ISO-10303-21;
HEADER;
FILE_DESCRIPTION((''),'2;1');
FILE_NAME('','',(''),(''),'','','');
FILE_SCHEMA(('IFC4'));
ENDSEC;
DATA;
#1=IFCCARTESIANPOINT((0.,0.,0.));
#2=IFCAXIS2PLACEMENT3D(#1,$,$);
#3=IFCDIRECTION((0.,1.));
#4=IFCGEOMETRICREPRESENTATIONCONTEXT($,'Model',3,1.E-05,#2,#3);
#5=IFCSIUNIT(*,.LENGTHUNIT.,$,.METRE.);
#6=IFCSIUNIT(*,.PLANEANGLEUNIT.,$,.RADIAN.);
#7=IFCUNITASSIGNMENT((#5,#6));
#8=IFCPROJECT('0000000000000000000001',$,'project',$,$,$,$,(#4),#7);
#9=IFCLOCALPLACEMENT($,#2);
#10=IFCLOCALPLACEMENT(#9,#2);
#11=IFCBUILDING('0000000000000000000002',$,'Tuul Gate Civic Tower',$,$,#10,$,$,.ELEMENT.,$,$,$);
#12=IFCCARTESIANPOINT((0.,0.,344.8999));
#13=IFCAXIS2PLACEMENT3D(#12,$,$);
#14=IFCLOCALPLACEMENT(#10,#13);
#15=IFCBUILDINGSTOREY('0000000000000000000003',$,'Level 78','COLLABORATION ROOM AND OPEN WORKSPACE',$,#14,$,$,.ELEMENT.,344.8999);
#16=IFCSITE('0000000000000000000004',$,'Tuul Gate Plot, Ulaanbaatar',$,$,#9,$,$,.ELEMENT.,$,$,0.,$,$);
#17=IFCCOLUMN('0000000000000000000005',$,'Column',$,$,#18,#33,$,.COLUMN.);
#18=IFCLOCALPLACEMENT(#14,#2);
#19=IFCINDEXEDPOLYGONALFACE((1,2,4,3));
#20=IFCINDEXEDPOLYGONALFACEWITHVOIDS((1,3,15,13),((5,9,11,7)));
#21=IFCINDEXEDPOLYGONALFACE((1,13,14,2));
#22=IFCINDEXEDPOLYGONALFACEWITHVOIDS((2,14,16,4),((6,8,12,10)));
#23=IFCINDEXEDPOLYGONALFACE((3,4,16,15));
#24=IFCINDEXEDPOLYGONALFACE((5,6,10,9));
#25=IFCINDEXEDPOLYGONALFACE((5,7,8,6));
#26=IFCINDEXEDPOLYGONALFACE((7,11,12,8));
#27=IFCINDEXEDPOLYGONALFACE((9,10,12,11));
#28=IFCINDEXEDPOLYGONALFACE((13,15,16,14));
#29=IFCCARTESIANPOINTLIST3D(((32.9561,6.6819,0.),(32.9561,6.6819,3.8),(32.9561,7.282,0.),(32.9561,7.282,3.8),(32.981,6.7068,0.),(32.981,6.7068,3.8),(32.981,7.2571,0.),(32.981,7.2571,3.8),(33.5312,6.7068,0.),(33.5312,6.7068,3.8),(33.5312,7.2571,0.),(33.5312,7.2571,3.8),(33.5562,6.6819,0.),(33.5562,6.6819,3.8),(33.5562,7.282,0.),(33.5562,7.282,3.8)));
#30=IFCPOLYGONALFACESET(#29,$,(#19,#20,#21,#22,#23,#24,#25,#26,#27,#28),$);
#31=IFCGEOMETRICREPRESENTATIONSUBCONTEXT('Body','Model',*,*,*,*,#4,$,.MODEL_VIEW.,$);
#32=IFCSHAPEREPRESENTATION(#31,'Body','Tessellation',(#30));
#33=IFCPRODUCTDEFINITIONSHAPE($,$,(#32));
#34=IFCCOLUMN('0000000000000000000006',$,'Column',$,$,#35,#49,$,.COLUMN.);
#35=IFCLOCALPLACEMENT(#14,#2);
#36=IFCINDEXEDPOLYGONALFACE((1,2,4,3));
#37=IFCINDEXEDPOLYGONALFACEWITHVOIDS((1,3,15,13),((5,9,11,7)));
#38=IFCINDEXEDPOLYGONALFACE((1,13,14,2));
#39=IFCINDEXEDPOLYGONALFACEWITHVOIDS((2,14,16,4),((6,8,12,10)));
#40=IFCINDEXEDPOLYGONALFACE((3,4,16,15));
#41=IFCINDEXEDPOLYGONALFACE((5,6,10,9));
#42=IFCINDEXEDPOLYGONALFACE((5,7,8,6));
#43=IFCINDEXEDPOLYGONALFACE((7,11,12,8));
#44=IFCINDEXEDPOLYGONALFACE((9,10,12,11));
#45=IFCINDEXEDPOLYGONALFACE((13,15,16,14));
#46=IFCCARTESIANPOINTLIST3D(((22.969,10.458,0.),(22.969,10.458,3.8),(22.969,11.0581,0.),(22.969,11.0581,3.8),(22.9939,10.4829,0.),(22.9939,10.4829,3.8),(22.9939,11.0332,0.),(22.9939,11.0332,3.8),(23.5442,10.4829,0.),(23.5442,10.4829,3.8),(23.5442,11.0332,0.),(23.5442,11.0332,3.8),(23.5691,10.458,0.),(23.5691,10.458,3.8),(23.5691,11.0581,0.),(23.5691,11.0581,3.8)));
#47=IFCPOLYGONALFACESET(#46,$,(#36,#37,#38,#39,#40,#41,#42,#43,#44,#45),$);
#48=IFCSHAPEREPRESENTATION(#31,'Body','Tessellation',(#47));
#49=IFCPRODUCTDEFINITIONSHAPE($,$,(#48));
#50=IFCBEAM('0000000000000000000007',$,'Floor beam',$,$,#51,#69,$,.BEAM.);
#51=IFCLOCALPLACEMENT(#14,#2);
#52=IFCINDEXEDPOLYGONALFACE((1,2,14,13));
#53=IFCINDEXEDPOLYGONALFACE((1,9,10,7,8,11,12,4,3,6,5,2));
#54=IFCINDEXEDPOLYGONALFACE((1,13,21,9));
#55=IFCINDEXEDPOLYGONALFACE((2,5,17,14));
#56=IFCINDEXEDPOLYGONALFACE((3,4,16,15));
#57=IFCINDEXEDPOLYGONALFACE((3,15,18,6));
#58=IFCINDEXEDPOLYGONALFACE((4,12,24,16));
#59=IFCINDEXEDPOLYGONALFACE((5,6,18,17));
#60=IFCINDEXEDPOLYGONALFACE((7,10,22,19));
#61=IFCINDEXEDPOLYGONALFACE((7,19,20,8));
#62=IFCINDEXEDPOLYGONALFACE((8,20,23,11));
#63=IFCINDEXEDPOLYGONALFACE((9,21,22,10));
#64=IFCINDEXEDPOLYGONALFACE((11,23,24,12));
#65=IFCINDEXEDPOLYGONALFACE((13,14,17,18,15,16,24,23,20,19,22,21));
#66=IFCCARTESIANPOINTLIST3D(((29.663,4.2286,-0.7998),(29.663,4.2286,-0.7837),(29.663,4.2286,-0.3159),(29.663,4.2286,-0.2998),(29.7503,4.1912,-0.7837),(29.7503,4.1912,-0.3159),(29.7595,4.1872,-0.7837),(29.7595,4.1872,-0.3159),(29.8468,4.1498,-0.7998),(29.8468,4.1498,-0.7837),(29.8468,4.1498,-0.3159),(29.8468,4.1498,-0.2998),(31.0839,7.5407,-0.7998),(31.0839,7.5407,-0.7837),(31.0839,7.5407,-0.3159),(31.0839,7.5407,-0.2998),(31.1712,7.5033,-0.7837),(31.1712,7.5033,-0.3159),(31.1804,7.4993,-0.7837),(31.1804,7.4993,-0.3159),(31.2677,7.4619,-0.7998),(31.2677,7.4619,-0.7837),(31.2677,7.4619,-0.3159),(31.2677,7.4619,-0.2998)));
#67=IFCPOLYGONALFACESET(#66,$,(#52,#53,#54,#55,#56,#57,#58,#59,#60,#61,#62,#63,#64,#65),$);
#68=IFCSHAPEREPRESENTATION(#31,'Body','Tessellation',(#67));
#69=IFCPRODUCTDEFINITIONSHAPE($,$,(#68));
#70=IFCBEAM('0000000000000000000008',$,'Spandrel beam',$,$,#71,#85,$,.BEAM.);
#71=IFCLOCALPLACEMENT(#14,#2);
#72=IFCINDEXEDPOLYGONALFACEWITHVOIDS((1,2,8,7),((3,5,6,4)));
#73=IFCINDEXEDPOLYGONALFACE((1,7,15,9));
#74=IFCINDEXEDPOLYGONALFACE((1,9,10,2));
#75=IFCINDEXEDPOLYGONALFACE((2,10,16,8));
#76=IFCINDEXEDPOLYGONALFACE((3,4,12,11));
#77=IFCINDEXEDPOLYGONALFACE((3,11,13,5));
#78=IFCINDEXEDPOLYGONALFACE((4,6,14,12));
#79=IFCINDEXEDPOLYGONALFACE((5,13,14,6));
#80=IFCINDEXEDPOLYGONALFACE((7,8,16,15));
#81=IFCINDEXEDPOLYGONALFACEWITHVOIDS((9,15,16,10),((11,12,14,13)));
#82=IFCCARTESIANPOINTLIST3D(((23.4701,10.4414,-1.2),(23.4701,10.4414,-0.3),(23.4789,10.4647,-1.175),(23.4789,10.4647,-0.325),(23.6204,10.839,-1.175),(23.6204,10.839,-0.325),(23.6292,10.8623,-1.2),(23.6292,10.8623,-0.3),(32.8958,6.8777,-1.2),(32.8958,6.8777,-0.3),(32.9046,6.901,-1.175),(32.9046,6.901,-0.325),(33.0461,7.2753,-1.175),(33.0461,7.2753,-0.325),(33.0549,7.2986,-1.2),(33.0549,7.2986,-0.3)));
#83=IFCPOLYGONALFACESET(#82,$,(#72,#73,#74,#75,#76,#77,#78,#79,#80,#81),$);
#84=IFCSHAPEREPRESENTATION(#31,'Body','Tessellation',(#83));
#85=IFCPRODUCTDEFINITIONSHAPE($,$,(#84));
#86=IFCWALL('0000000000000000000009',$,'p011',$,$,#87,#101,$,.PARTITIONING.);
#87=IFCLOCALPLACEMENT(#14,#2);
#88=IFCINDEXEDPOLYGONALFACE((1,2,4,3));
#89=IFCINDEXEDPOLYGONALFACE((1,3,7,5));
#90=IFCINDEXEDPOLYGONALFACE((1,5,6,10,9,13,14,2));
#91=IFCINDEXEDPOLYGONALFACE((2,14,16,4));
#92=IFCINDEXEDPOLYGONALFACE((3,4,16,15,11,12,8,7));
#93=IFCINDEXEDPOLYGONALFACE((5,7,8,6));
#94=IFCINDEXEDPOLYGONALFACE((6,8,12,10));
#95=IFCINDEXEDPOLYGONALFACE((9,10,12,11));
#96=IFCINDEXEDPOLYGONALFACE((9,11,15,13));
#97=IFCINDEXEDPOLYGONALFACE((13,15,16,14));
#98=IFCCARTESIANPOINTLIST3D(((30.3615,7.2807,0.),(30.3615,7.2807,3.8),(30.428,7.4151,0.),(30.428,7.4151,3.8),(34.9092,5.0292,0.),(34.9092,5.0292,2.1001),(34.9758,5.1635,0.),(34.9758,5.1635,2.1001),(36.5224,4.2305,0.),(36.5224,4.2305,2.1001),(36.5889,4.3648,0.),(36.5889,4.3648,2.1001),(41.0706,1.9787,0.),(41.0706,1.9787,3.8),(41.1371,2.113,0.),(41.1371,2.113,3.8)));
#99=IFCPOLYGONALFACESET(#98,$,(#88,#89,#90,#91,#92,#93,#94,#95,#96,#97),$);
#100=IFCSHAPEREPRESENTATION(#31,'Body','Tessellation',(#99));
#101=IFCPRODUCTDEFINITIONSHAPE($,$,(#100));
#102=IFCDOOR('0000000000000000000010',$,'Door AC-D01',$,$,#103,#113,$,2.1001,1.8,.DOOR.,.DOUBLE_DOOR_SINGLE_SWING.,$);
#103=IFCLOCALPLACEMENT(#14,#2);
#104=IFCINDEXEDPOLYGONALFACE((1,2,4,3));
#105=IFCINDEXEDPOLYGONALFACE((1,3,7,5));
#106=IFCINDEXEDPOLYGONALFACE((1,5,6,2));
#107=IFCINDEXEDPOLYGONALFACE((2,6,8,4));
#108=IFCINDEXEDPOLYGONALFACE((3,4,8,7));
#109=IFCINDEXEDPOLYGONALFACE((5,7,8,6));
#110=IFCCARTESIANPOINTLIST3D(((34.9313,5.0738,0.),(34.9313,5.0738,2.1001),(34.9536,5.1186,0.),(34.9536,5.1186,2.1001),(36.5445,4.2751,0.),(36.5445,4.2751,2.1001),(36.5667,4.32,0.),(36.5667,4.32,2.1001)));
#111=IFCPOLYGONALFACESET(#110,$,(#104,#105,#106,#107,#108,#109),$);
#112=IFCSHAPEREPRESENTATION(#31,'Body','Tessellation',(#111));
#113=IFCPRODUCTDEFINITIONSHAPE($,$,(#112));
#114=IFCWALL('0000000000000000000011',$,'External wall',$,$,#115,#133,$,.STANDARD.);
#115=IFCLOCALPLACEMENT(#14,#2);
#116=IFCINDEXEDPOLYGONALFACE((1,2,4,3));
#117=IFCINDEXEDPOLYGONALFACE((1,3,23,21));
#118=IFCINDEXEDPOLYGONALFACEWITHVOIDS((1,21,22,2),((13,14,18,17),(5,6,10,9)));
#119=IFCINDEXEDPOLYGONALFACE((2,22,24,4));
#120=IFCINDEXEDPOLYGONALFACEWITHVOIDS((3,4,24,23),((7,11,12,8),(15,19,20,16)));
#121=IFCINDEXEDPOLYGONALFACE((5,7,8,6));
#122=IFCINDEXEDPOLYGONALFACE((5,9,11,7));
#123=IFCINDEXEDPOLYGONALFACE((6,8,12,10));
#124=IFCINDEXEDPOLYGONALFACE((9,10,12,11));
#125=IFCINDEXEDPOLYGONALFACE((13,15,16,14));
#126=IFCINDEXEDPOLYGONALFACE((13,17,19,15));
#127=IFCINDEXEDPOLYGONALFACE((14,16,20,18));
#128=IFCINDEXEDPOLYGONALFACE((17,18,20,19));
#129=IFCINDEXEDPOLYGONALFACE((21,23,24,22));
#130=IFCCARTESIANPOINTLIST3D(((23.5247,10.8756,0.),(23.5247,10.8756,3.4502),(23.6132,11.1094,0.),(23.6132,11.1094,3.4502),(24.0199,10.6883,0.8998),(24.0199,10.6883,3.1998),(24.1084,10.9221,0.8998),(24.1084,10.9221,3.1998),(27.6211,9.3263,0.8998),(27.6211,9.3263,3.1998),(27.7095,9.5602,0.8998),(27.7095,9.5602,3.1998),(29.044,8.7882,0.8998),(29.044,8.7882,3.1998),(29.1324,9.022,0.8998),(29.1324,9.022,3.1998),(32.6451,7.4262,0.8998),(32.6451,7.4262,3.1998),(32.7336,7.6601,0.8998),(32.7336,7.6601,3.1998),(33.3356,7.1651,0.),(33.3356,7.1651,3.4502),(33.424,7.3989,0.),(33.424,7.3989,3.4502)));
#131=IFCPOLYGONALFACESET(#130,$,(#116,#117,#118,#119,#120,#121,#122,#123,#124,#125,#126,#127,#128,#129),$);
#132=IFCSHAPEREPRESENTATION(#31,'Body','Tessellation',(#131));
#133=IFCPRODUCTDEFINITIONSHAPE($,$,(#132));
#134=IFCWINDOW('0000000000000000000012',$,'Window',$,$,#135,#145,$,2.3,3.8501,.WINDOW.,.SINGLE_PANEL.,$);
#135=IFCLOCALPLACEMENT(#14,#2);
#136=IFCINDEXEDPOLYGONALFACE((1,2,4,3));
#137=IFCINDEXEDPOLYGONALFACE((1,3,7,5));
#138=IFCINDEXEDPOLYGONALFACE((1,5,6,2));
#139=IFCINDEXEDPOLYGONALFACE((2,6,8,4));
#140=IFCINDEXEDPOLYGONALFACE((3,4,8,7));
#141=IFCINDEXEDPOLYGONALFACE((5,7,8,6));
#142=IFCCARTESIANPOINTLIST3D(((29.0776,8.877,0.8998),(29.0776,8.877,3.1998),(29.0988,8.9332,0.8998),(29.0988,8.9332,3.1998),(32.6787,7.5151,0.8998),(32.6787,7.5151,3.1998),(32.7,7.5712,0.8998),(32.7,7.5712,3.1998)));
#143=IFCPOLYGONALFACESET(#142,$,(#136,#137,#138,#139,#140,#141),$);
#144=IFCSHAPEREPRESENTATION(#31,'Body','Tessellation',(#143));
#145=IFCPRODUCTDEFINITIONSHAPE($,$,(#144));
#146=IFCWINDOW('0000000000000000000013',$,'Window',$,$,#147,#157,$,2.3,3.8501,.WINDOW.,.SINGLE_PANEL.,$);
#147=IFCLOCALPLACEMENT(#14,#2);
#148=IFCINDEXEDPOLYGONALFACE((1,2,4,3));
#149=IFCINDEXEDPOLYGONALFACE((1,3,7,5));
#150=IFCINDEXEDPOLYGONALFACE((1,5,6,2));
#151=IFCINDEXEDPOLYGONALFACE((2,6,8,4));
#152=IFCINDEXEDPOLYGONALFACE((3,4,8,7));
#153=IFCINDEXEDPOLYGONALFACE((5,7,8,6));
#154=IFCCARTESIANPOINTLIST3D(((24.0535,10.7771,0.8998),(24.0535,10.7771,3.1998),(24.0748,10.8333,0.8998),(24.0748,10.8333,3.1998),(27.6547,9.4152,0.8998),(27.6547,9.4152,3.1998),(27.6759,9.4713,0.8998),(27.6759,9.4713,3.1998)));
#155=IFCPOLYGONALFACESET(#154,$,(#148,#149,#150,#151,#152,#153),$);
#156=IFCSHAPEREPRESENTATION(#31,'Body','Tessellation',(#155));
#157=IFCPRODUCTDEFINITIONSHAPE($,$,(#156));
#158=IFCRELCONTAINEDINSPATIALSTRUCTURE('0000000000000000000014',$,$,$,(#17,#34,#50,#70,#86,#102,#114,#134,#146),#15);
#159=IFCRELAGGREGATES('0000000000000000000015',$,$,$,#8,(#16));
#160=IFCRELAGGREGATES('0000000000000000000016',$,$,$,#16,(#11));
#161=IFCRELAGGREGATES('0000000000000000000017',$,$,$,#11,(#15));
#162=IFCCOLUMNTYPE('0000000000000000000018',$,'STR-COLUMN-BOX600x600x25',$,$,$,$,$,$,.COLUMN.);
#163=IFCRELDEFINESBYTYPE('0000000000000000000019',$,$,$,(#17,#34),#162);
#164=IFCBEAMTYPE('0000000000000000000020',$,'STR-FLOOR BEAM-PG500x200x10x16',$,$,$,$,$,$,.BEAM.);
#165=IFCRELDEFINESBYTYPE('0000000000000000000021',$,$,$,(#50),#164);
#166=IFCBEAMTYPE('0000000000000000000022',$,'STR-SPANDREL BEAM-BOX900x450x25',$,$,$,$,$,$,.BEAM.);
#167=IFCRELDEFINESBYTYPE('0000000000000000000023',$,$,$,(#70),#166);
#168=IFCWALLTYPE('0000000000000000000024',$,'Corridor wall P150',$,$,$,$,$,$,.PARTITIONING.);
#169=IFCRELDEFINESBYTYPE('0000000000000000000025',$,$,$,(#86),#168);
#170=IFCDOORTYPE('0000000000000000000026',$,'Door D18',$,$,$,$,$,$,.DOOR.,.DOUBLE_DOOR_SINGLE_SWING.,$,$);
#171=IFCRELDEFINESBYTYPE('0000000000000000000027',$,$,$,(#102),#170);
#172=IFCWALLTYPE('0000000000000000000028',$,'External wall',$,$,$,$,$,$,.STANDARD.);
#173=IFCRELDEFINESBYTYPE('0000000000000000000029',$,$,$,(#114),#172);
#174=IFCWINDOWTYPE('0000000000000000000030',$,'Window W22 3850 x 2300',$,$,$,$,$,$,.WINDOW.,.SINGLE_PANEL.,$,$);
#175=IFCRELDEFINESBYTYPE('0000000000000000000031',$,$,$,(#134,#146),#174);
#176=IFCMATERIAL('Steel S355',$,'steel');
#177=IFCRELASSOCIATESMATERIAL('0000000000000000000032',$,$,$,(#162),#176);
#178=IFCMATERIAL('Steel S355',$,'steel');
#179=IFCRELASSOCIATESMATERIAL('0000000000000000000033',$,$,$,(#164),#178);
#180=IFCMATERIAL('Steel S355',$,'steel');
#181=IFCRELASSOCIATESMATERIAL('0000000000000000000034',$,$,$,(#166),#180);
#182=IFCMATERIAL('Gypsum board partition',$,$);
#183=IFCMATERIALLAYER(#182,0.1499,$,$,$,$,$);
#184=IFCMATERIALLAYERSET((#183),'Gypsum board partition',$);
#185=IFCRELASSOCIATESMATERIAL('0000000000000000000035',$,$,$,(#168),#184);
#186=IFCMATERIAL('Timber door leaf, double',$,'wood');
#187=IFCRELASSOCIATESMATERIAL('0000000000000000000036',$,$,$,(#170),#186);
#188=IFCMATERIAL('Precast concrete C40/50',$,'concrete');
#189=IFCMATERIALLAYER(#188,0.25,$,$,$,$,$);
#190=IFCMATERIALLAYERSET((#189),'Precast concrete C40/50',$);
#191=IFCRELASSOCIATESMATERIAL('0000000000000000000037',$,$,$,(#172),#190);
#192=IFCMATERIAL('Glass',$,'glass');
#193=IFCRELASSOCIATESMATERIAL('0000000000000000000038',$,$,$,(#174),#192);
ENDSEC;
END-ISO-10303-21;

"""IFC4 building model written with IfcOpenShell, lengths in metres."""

from ifc_helpers import new_model, si_unit, direction, frame, frame_2d, origin, origin_2d, place, context, subcontext, project, spatial, rectangle, hollow_rectangle, i_section, extrude, material, layer, layer_set, material_profile, profile_set, type_object, element, fill, save


model = new_model("IFC4")

# Units and contexts
model_context = context("Model", 3, precision=1e-05, world=origin(), true_north=direction((0.0, 1.0)))
body_context = subcontext(model_context, "Body", "Model", "MODEL_VIEW")
ifc_project = project(units=[si_unit("LENGTHUNIT", "METRE"), si_unit("PLANEANGLEUNIT", "RADIAN")], contexts=[model_context])

# Site, building, storey
site_placement = place(None, origin())
site = spatial("IfcSite", under=ifc_project, at=site_placement, Name="Tuul Gate Plot, Ulaanbaatar", CompositionType="ELEMENT", RefElevation=0.0)
building_placement = place(site_placement, origin())
building = spatial("IfcBuilding", under=site, at=building_placement, Name="Tuul Gate Civic Tower", CompositionType="ELEMENT")
storey_placement = place(building_placement, frame((0.0, 0.0, 344.8999)))
storey = spatial("IfcBuildingStorey", under=building, at=storey_placement, Name="Level 78", Description="COLLABORATION ROOM AND OPEN WORKSPACE", CompositionType="ELEMENT", Elevation=344.8999)

# Columns
ifc_material_1 = material(Name="Steel S355", Category="steel")
ifc_material_profile_1 = material_profile(ifc_material_1, hollow_rectangle(XDim=0.6001, YDim=0.6001, WallThickness=0.0249, at=origin_2d()), Name="BOX600x600x25")
ifc_profile_set_1 = profile_set([ifc_material_profile_1], Name="Steel S355")
column_type = type_object("IfcColumnType", Name="STR-COLUMN-BOX600x600x25", PredefinedType="COLUMN", material=ifc_profile_set_1)
for number, where, z_axis, x_axis, name in (
    (1, (33.2561, 6.9819, 0.0), (0.0, 0.0, 1.0), (1.0, 0.0, 0.0), "Column"),
    (2, (23.269, 10.7581, 0.0), (0.0, 0.0, 1.0), (1.0, 0.0, 0.0), "Column"),
):
    element("IfcColumn", number, at=place(storey_placement, frame(where, z_axis=z_axis, x_axis=x_axis)), inside=storey, type_object=column_type, Name=name, PredefinedType="COLUMN", context=body_context, shape_type="SweptSolid", body=[
        extrude(hollow_rectangle(XDim=0.6001, YDim=0.6001, WallThickness=0.0249, at=origin_2d()), origin(), (0.0, 0.0, 1.0), 3.8),
    ])

# Beams
ifc_material_2 = material(Name="Steel S355", Category="steel")
ifc_material_profile_2 = material_profile(ifc_material_2, i_section(OverallWidth=0.2, OverallDepth=0.5, WebThickness=0.01, FlangeThickness=0.0161, at=origin_2d()), Name="PG500x200x10x16")
ifc_profile_set_2 = profile_set([ifc_material_profile_2], Name="Steel S355")
beam_type_1 = type_object("IfcBeamType", Name="STR-FLOOR BEAM-PG500x200x10x16", PredefinedType="BEAM", material=ifc_profile_set_2)
beam_1_placement = place(storey_placement, frame((29.7549, 4.1892, -0.5498), z_axis=(0.394263, 0.918998, 0.0), x_axis=(-0.918998, 0.394263, 0.0)))
element("IfcBeam", 3, at=beam_1_placement, inside=storey, type_object=beam_type_1, Name="Floor beam", PredefinedType="BEAM", context=body_context, shape_type="SweptSolid", body=[
    extrude(i_section(OverallWidth=0.2, OverallDepth=0.5, WebThickness=0.01, FlangeThickness=0.0161, at=origin_2d()), origin(), (0.0, 0.0, 1.0), 3.604),
])
ifc_material_3 = material(Name="Steel S355", Category="steel")
ifc_material_profile_3 = material_profile(ifc_material_3, hollow_rectangle(XDim=0.45, YDim=0.8999, WallThickness=0.0249, at=origin_2d()), Name="BOX900x450x25")
ifc_profile_set_3 = profile_set([ifc_material_profile_3], Name="Steel S355")
beam_type_2 = type_object("IfcBeamType", Name="STR-SPANDREL BEAM-BOX900x450x25", PredefinedType="BEAM", material=ifc_profile_set_3)
beam_2_placement = place(storey_placement, frame((32.9753, 7.0881, -0.75), z_axis=(-0.935378, 0.35365, 0.0), x_axis=(-0.35365, -0.935378, 0.0)))
element("IfcBeam", 4, at=beam_2_placement, inside=storey, type_object=beam_type_2, Name="Spandrel beam", PredefinedType="BEAM", context=body_context, shape_type="SweptSolid", body=[
    extrude(hollow_rectangle(XDim=0.45, YDim=0.8999, WallThickness=0.0249, at=origin_2d()), origin(), (0.0, 0.0, 1.0), 10.0769),
])

# Wall, opening, door
ifc_material_4 = material(Name="Gypsum board partition")
ifc_layer_1 = layer(ifc_material_4, 0.1499)
ifc_layer_set_1 = layer_set([ifc_layer_1], Name="Gypsum board partition")
wall_type_1 = type_object("IfcWallType", Name="Corridor wall P150", PredefinedType="PARTITIONING", material=ifc_layer_set_1)
wall_1_placement = place(storey_placement, frame((30.3948, 7.3479, 0.0), z_axis=(0.0, 0.0, 1.0), x_axis=(0.896177, -0.443696, 0.0)))
wall_1 = element("IfcWall", 5, at=wall_1_placement, inside=storey, type_object=wall_type_1, Name="p011", PredefinedType="PARTITIONING", context=body_context, shape_type="SweptSolid", body=[
    extrude(rectangle(XDim=11.9497, YDim=0.1499, at=frame_2d((5.9749, 0.0))), origin(), (0.0, 0.0, 1.0), 3.8),
])
opening_1_placement = place(wall_1_placement, frame((5.0747, 0.0, 0.0)))
opening_1 = element("IfcOpeningElement", 6, at=opening_1_placement, cuts=wall_1, PredefinedType="OPENING", context=body_context, shape_type="SweptSolid", body=[
    extrude(rectangle(XDim=1.8, YDim=2.1001, at=frame_2d((0.8999, 1.05))), frame((0.0, 0.085, 0.0), z_axis=(0.0, -1.0, 0.0), x_axis=(1.0, 0.0, 0.0)), (0.0, 0.0, 1.0), 0.1699),
])
ifc_material_5 = material(Name="Timber door leaf, double", Category="wood")
door_type_1 = type_object("IfcDoorType", Name="Door D18", OperationType="DOUBLE_DOOR_SINGLE_SWING", PredefinedType="DOOR", material=ifc_material_5)
door_1_placement = place(opening_1_placement, origin())
door_1 = element("IfcDoor", 7, at=door_1_placement, inside=storey, type_object=door_type_1, Name="Door AC-D01", OperationType="DOUBLE_DOOR_SINGLE_SWING", OverallHeight=2.1001, OverallWidth=1.8, PredefinedType="DOOR", context=body_context, shape_type="SweptSolid", body=[
    extrude(rectangle(XDim=1.8, YDim=2.1001, at=frame_2d((0.8999, 1.05))), frame((0.0, 0.0249, 0.0), z_axis=(0.0, -1.0, 0.0), x_axis=(1.0, 0.0, 0.0)), (0.0, 0.0, 1.0), 0.05),
])
fill(opening_1, door_1)

# Wall, openings, windows
ifc_material_6 = material(Name="Precast concrete C40/50", Category="concrete")
ifc_layer_2 = layer(ifc_material_6, 0.25)
ifc_layer_set_2 = layer_set([ifc_layer_2], Name="Precast concrete C40/50")
wall_type_2 = type_object("IfcWallType", Name="External wall", PredefinedType="STANDARD", material=ifc_layer_set_2)
wall_2_placement = place(storey_placement, frame((33.3799, 7.282, 0.0), z_axis=(0.0, 0.0, 1.0), x_axis=(-0.935341, 0.353747, 0.0)))
wall_2 = element("IfcWall", 8, at=wall_2_placement, inside=storey, type_object=wall_type_2, Name="External wall", PredefinedType="STANDARD", context=body_context, shape_type="SweptSolid", body=[
    extrude(rectangle(XDim=10.489, YDim=0.25, at=frame_2d((5.2446, 0.0))), origin(), (0.0, 0.0, 1.0), 3.4502),
])
opening_2_placement = place(wall_2_placement, frame((0.7383, 0.0, 0.8999)))
opening_2 = element("IfcOpeningElement", 9, at=opening_2_placement, cuts=wall_2, PredefinedType="OPENING", context=body_context, shape_type="SweptSolid", body=[
    extrude(rectangle(XDim=3.8501, YDim=2.3, at=frame_2d((1.925, 1.1499))), frame((0.0, 0.135, 0.0), z_axis=(0.0, -1.0, 0.0), x_axis=(1.0, 0.0, 0.0)), (0.0, 0.0, 1.0), 0.27),
])
opening_3_placement = place(wall_2_placement, frame((6.1096, 0.0, 0.8999)))
opening_3 = element("IfcOpeningElement", 10, at=opening_3_placement, cuts=wall_2, PredefinedType="OPENING", context=body_context, shape_type="SweptSolid", body=[
    extrude(rectangle(XDim=3.8501, YDim=2.3, at=frame_2d((1.925, 1.1499))), frame((0.0, 0.135, 0.0), z_axis=(0.0, -1.0, 0.0), x_axis=(1.0, 0.0, 0.0)), (0.0, 0.0, 1.0), 0.27),
])
ifc_material_7 = material(Name="Glass", Category="glass")
window_type = type_object("IfcWindowType", Name="Window W22 3850 x 2300", PartitioningType="SINGLE_PANEL", PredefinedType="WINDOW", material=ifc_material_7)
window_1_placement = place(opening_2_placement, origin())
window_1 = element("IfcWindow", 11, at=window_1_placement, inside=storey, type_object=window_type, Name="Window", OverallHeight=2.3, OverallWidth=3.8501, PartitioningType="SINGLE_PANEL", PredefinedType="WINDOW", context=body_context, shape_type="SweptSolid", body=[
    extrude(rectangle(XDim=3.8501, YDim=2.3, at=frame_2d((1.925, 1.1499))), frame((0.0, 0.03, 0.0), z_axis=(0.0, -1.0, 0.0), x_axis=(1.0, 0.0, 0.0)), (0.0, 0.0, 1.0), 0.0601),
])
fill(opening_2, window_1)
window_2_placement = place(opening_3_placement, origin())
window_2 = element("IfcWindow", 12, at=window_2_placement, inside=storey, type_object=window_type, Name="Window", OverallHeight=2.3, OverallWidth=3.8501, PartitioningType="SINGLE_PANEL", PredefinedType="WINDOW", context=body_context, shape_type="SweptSolid", body=[
    extrude(rectangle(XDim=3.8501, YDim=2.3, at=frame_2d((1.925, 1.1499))), frame((0.0, 0.03, 0.0), z_axis=(0.0, -1.0, 0.0), x_axis=(1.0, 0.0, 0.0)), (0.0, 0.0, 1.0), 0.0601),
])
fill(opening_3, window_2)

save(model, "model.ifc")
